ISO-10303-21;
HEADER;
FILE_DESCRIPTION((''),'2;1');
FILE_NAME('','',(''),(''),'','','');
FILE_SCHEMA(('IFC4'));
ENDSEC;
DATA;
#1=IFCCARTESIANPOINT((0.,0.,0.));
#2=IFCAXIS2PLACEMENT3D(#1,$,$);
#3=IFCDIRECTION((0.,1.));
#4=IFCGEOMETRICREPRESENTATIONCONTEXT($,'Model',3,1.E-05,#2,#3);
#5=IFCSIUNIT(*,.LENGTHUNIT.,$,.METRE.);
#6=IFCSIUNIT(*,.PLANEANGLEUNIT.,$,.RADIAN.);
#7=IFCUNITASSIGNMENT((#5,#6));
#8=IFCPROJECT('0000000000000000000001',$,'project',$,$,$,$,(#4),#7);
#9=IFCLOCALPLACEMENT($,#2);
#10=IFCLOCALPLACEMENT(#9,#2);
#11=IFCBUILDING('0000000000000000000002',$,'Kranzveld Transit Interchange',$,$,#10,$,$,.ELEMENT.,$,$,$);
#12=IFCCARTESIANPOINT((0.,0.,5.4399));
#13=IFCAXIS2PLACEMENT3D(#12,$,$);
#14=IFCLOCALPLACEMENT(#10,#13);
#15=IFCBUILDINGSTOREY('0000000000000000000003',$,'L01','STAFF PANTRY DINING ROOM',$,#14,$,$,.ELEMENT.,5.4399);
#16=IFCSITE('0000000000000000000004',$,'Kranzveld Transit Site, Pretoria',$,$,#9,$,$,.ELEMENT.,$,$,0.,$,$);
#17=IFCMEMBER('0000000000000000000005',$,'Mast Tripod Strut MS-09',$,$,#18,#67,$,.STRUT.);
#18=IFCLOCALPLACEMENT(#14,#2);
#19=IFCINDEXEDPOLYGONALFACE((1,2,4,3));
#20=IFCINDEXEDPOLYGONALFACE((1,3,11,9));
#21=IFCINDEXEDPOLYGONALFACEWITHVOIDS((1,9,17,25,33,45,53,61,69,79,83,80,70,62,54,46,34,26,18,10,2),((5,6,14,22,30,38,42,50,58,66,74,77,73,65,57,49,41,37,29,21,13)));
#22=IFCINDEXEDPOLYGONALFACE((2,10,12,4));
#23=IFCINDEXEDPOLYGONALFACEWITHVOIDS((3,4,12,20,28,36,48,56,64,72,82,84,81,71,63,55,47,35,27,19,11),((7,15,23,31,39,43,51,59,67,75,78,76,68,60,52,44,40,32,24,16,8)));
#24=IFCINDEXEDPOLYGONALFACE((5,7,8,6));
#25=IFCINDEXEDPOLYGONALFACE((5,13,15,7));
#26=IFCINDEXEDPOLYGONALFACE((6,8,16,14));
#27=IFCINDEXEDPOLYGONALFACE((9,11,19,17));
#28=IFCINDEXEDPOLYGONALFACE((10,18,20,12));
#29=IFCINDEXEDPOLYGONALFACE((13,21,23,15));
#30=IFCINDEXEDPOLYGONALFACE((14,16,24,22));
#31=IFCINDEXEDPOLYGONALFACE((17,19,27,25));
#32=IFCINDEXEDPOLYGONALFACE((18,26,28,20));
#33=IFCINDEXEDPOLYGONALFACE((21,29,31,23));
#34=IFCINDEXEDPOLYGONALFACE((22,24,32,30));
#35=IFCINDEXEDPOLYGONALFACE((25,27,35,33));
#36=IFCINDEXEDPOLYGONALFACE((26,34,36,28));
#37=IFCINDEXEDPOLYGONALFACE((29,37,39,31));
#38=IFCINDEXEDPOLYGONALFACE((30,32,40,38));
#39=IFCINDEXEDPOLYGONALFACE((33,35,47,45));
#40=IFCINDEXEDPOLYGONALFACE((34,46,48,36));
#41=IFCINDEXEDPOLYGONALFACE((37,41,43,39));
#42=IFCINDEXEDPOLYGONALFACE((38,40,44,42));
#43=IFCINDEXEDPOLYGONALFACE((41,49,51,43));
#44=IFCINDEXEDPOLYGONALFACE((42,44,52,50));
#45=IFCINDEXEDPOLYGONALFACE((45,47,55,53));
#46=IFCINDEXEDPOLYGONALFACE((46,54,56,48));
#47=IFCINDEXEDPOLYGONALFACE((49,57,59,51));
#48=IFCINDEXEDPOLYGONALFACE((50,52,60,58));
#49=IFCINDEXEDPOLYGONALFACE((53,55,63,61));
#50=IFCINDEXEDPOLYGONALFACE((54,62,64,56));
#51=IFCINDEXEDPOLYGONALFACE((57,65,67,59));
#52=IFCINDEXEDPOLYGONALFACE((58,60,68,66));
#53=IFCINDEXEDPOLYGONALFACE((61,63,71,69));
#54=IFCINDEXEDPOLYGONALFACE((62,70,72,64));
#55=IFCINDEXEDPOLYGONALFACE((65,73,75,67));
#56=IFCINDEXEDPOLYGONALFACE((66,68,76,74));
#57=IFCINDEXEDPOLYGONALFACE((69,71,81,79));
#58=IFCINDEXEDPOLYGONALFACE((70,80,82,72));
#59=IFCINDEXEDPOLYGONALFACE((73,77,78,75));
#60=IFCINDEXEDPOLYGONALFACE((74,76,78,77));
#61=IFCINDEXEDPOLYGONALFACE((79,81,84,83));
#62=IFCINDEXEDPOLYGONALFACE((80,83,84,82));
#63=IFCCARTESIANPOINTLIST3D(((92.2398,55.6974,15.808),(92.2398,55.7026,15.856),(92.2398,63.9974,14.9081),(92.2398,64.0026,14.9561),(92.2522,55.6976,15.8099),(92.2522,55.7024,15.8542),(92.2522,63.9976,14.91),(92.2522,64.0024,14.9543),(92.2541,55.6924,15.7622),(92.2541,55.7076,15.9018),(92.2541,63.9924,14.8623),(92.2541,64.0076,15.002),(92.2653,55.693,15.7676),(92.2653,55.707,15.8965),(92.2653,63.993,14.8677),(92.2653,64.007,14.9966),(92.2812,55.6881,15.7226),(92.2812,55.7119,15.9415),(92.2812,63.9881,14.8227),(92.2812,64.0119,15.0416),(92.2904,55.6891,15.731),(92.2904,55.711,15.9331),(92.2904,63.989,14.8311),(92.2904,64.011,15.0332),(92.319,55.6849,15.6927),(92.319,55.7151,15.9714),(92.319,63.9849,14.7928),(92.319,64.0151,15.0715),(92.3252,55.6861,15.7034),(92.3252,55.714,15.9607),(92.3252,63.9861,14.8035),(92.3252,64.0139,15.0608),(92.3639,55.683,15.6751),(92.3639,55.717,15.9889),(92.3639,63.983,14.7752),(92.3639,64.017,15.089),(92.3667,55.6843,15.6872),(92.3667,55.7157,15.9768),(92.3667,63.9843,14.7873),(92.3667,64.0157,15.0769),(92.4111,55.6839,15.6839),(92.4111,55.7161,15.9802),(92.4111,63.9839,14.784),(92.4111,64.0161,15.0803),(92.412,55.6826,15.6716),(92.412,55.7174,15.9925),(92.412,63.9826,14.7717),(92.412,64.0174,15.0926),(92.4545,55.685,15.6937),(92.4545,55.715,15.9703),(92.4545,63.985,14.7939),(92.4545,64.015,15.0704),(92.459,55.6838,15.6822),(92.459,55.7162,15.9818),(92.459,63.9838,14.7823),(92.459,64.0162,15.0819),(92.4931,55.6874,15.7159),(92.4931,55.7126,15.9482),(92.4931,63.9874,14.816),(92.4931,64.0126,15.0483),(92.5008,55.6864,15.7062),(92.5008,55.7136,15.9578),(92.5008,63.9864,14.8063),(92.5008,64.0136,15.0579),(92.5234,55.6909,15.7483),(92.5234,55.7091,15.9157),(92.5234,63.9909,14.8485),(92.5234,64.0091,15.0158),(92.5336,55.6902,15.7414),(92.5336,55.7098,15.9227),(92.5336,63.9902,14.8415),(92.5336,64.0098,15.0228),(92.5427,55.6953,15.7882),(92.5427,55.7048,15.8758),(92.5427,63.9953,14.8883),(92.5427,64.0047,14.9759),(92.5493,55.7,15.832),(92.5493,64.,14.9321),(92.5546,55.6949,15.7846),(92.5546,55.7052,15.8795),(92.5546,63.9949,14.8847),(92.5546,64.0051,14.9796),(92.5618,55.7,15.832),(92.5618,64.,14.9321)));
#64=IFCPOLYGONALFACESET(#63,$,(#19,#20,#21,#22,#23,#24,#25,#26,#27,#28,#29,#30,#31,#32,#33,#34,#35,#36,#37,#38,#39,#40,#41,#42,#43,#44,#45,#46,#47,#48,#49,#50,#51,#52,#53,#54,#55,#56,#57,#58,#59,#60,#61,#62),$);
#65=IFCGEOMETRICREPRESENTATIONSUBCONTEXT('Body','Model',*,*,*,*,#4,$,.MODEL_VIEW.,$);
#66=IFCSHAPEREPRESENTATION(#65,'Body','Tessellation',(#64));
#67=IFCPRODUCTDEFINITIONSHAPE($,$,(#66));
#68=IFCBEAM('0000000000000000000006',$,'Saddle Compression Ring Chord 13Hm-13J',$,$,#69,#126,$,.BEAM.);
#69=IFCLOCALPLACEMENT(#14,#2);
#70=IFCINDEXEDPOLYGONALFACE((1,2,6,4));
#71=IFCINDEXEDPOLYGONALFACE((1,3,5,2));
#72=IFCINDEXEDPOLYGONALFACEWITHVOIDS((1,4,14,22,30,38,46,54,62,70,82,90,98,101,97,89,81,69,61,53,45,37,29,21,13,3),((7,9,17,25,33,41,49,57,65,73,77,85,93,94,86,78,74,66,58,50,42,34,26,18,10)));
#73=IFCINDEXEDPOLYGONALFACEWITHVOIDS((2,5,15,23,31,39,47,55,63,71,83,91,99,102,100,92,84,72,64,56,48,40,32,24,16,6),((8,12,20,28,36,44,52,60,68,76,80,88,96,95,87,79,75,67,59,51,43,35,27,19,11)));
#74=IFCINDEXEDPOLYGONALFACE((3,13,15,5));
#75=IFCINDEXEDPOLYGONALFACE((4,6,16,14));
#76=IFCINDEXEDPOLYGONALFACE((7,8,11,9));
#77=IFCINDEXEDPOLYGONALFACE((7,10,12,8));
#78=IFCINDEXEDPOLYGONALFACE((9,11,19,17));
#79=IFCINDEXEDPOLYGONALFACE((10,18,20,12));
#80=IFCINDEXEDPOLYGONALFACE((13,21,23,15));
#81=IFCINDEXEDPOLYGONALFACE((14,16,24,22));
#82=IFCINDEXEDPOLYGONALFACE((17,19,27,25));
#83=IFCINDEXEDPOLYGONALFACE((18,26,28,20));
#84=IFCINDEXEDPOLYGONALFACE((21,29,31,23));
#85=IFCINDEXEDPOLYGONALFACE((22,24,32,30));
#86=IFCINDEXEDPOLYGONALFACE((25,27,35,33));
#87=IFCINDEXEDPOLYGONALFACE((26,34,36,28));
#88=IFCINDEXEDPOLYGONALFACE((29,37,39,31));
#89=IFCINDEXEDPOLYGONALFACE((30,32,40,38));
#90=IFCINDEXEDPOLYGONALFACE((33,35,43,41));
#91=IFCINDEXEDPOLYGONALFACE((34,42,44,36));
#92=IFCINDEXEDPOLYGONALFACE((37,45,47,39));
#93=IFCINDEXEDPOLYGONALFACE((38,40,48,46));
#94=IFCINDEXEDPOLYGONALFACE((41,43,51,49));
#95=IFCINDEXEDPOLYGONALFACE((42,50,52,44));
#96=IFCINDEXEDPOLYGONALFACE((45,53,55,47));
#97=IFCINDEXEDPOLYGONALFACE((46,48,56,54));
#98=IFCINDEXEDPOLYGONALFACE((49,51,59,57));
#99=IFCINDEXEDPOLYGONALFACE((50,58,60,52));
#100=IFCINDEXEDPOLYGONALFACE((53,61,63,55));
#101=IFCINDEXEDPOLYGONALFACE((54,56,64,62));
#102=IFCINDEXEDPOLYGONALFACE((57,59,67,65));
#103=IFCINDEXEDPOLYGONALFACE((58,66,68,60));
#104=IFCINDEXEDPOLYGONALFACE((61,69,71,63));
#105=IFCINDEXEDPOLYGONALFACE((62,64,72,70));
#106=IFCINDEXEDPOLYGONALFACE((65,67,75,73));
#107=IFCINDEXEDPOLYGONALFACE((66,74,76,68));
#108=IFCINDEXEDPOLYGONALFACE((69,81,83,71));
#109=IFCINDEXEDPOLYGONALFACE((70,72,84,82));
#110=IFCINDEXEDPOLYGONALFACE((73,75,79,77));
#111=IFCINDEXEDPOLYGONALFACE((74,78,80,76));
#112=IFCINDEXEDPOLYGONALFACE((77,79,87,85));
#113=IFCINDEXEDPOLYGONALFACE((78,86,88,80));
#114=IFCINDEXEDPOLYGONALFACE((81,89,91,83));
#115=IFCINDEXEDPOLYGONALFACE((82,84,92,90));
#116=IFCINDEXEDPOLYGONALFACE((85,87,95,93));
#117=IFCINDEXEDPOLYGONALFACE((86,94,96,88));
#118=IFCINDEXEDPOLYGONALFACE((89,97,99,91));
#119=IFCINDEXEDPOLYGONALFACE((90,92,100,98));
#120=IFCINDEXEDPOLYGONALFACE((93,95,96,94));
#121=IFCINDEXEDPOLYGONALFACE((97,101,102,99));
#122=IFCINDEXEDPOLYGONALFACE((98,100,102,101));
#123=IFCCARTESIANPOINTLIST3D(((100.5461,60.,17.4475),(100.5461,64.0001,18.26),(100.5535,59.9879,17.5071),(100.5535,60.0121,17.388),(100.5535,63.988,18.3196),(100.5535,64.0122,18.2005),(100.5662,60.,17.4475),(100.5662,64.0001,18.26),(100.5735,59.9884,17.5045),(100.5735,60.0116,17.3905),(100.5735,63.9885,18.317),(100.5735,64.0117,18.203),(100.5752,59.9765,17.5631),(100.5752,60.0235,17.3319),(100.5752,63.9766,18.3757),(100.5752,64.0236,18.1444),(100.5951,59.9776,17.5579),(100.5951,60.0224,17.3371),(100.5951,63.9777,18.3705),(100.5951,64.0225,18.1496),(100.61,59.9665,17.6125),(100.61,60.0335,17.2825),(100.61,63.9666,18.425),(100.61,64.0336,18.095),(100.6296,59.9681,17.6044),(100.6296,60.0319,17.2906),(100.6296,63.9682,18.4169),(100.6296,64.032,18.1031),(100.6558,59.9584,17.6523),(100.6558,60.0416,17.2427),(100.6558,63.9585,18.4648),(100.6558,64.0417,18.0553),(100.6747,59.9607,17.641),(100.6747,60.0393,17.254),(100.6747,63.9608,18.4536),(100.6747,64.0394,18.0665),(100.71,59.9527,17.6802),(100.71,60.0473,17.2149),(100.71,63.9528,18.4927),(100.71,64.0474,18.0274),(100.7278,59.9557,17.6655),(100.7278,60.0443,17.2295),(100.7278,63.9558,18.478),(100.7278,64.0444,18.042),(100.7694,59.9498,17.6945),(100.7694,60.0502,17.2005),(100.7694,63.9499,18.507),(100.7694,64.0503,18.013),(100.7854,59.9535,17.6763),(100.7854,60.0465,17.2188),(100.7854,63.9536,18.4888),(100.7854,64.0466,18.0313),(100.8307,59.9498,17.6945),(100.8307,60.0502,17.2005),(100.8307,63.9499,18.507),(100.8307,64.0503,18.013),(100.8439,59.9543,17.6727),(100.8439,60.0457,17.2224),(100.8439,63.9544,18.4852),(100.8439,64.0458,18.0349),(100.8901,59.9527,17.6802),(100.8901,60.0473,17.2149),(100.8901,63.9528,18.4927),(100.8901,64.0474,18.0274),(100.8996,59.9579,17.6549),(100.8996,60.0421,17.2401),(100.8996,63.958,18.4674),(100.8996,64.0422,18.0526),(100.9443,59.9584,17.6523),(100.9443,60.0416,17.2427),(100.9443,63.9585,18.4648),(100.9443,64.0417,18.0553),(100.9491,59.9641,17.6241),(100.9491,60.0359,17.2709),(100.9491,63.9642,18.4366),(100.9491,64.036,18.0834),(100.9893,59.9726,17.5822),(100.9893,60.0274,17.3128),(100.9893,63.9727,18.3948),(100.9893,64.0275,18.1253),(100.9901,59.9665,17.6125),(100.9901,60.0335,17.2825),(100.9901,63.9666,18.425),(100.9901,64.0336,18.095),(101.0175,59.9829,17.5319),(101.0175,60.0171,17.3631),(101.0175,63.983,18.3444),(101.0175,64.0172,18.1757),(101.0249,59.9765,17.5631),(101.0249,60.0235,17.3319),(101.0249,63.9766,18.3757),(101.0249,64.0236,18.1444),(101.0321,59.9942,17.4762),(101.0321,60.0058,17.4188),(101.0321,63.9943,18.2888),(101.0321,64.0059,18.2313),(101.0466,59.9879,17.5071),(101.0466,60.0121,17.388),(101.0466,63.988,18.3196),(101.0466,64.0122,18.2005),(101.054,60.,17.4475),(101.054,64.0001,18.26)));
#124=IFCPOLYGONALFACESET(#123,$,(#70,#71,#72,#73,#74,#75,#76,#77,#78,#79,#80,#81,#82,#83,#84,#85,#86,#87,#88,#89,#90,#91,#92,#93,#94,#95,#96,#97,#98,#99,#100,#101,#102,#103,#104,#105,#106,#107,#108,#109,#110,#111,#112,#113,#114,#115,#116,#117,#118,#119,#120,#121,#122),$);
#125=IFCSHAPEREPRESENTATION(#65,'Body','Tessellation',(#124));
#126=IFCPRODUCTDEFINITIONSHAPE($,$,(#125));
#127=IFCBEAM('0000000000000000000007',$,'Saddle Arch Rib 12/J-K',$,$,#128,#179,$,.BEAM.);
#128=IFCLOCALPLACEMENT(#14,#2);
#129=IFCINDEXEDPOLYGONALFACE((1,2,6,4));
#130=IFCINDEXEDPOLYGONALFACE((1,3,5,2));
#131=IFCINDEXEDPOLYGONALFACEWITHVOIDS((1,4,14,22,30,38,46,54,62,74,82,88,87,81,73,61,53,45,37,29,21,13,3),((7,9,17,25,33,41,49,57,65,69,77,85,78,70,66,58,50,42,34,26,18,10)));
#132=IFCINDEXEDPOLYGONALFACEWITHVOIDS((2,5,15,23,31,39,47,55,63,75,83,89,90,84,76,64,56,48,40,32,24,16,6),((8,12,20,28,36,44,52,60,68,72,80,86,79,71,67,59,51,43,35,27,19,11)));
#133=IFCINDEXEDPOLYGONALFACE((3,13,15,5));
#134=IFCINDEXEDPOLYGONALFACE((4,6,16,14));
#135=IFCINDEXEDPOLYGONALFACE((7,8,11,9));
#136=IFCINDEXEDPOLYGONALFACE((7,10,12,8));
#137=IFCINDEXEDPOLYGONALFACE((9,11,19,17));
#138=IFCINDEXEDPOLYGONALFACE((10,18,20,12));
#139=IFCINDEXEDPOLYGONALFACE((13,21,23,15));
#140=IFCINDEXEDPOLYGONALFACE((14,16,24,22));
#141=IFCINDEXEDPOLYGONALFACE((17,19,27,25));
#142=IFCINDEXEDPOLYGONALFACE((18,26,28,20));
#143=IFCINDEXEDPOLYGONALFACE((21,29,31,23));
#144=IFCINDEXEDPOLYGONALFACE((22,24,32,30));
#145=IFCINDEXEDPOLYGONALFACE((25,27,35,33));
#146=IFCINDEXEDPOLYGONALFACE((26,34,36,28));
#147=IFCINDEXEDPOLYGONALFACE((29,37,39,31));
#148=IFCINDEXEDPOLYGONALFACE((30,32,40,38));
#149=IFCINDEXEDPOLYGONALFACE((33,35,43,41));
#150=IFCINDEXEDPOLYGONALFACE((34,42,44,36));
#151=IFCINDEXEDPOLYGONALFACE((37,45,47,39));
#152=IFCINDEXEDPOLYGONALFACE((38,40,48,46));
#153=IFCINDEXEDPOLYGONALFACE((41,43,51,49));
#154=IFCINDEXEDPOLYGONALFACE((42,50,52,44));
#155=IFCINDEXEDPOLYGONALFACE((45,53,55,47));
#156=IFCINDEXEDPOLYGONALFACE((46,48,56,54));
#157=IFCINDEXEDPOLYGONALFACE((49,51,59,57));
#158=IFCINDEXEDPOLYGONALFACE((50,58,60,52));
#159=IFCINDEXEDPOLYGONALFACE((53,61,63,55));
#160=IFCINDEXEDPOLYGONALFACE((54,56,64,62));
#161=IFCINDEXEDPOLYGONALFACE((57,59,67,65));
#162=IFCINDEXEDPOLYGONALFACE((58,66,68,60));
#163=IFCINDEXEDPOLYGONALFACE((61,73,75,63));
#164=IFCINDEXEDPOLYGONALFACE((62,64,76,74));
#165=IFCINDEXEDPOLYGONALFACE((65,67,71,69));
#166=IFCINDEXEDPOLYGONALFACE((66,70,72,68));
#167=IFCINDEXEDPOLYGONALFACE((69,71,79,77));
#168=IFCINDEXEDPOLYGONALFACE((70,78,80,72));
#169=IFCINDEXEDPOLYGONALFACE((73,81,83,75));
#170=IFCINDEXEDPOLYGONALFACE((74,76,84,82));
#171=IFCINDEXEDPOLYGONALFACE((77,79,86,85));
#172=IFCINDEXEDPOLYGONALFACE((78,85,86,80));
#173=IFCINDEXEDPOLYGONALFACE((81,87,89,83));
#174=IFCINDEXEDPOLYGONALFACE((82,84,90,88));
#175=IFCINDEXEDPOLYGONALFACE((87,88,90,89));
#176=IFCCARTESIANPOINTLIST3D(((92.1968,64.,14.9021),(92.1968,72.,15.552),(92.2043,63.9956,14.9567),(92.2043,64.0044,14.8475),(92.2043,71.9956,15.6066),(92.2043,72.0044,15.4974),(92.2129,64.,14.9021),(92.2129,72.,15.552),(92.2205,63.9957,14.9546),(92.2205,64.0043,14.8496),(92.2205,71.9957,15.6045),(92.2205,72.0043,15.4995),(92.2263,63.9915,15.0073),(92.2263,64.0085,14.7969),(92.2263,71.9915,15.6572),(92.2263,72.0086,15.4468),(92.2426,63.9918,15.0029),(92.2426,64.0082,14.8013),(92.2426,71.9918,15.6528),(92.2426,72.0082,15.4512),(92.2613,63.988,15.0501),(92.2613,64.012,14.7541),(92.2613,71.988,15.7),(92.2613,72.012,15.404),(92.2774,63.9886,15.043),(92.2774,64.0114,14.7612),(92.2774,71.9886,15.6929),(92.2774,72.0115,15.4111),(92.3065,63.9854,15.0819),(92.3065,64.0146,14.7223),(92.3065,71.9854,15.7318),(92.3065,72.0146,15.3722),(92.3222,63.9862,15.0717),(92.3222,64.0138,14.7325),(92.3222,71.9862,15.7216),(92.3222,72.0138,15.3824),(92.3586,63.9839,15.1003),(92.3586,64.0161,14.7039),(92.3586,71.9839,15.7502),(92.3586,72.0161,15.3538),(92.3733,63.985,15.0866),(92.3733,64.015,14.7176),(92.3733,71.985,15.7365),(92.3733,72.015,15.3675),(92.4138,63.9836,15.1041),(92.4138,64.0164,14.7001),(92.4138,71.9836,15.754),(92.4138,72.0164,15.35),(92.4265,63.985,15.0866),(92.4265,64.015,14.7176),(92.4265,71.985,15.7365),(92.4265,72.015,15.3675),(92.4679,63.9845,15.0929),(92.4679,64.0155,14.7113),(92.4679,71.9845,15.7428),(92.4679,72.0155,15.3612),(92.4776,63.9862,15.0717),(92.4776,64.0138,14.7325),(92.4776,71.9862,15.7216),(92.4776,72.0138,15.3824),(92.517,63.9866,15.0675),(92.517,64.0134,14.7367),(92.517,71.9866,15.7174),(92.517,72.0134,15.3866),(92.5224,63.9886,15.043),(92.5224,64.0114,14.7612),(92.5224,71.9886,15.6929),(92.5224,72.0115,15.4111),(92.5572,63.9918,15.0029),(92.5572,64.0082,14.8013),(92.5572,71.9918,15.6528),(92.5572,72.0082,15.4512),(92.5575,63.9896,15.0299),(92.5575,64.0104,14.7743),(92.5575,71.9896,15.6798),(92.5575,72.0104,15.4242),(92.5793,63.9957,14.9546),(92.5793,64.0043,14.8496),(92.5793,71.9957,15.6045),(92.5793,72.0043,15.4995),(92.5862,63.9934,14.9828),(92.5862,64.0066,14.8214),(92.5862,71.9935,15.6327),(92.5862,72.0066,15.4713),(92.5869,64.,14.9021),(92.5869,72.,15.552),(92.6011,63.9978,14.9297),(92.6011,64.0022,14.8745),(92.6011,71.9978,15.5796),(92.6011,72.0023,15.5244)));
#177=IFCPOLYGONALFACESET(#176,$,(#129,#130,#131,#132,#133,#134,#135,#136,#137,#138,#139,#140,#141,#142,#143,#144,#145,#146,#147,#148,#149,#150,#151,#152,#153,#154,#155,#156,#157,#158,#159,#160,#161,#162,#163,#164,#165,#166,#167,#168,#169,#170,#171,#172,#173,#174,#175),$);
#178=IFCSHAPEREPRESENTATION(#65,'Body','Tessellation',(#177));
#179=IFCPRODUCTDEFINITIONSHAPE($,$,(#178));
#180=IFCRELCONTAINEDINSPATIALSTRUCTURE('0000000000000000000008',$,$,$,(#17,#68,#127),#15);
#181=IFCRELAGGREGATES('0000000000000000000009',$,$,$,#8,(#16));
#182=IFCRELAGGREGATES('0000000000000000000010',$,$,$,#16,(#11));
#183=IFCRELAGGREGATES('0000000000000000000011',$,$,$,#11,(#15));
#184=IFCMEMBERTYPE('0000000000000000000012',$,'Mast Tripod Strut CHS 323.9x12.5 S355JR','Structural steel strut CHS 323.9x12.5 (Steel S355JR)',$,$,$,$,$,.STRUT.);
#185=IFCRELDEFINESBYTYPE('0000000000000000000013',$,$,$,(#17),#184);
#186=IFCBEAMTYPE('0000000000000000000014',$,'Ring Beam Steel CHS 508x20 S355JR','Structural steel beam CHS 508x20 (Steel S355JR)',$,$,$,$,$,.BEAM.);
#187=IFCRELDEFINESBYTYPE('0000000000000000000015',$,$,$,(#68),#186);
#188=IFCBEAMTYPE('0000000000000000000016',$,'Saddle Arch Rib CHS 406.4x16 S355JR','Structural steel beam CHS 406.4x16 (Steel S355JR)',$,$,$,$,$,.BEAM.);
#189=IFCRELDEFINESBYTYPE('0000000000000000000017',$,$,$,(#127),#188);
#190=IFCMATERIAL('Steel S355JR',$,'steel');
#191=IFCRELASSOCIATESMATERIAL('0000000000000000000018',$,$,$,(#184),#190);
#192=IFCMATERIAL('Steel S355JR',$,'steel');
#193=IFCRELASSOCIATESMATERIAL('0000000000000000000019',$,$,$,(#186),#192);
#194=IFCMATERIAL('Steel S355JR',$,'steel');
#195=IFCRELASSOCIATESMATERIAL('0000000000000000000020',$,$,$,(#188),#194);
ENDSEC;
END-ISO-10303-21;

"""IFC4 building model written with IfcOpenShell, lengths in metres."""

from ifc_helpers import new_model, si_unit, direction, frame, origin, origin_2d, place, context, subcontext, project, spatial, hollow_circle, extrude, material, material_profile, profile_set, type_object, element, save


model = new_model("IFC4")

# Units and contexts
model_context = context("Model", 3, precision=1e-05, world=origin(), true_north=direction((0.0, 1.0)))
body_context = subcontext(model_context, "Body", "Model", "MODEL_VIEW")
ifc_project = project(units=[si_unit("LENGTHUNIT", "METRE"), si_unit("PLANEANGLEUNIT", "RADIAN")], contexts=[model_context])

# Site, building, storey
site_placement = place(None, origin())
site = spatial("IfcSite", under=ifc_project, at=site_placement, Name="Kranzveld Transit Site, Pretoria", CompositionType="ELEMENT", RefElevation=0.0)
building_placement = place(site_placement, origin())
building = spatial("IfcBuilding", under=site, at=building_placement, Name="Kranzveld Transit Interchange", CompositionType="ELEMENT")
storey_placement = place(building_placement, frame((0.0, 0.0, 5.4399)))
storey = spatial("IfcBuildingStorey", under=building, at=storey_placement, Name="L01", Description="STAFF PANTRY DINING ROOM", CompositionType="ELEMENT", Elevation=5.4399)

# Member
ifc_material_1 = material(Name="Steel S355JR", Category="steel")
ifc_material_profile_1 = material_profile(ifc_material_1, hollow_circle(Radius=0.1619, WallThickness=0.0125, at=origin_2d()), Name="CHS 323.9x12.5")
ifc_profile_set_1 = profile_set([ifc_material_profile_1], Name="Steel S355JR")
member_type_1 = type_object("IfcMemberType", Name="Mast Tripod Strut CHS 323.9x12.5 S355JR", Description="Structural steel strut CHS 323.9x12.5 (Steel S355JR)", PredefinedType="STRUT", material=ifc_profile_set_1)
member_1_placement = place(storey_placement, frame((92.3999, 64.0, 14.9321), z_axis=(0.0, -0.994174, 0.10779), x_axis=(1.0, 0.0, 0.0)))
element("IfcMember", 1, at=member_1_placement, inside=storey, type_object=member_type_1, Name="Mast Tripod Strut MS-09", PredefinedType="STRUT", context=body_context, shape_type="SweptSolid", body=[
    extrude(hollow_circle(Radius=0.1619, WallThickness=0.0125, at=origin_2d()), origin(), (0.0, 0.0, 1.0), 8.3486),
])

# Beams
ifc_material_2 = material(Name="Steel S355JR", Category="steel")
ifc_material_profile_2 = material_profile(ifc_material_2, hollow_circle(Radius=0.2539, WallThickness=0.02, at=origin_2d()), Name="CHS 508x20")
ifc_profile_set_2 = profile_set([ifc_material_profile_2], Name="Steel S355JR")
beam_type_1 = type_object("IfcBeamType", Name="Ring Beam Steel CHS 508x20 S355JR", Description="Structural steel beam CHS 508x20 (Steel S355JR)", PredefinedType="BEAM", material=ifc_profile_set_2)
beam_placement = place(storey_placement, frame((100.8, 60.0, 17.4475), z_axis=(0.0, 0.979987, 0.19906), x_axis=(-1.0, 0.0, 0.0)))
element("IfcBeam", 2, at=beam_placement, inside=storey, type_object=beam_type_1, Name="Saddle Compression Ring Chord 13Hm-13J", PredefinedType="BEAM", context=body_context, shape_type="SweptSolid", body=[
    extrude(hollow_circle(Radius=0.2539, WallThickness=0.02, at=origin_2d()), origin(), (0.0, 0.0, 1.0), 4.0818),
])
ifc_material_3 = material(Name="Steel S355JR", Category="steel")
ifc_material_profile_3 = material_profile(ifc_material_3, hollow_circle(Radius=0.2031, WallThickness=0.0161, at=origin_2d()), Name="CHS 406.4x16")
ifc_profile_set_3 = profile_set([ifc_material_profile_3], Name="Steel S355JR")
beam_type_2 = type_object("IfcBeamType", Name="Saddle Arch Rib CHS 406.4x16 S355JR", Description="Structural steel beam CHS 406.4x16 (Steel S355JR)", PredefinedType="BEAM", material=ifc_profile_set_3)
for number, where, z_axis, x_axis, name in (
    (3, (92.3999, 64.0, 14.9021), (0.0, 0.996716, 0.080971), (-1.0, 0.0, 0.0), "Saddle Arch Rib 12/J-K"),
):
    element("IfcBeam", number, at=place(storey_placement, frame(where, z_axis=z_axis, x_axis=x_axis)), inside=storey, type_object=beam_type_2, Name=name, PredefinedType="BEAM", context=body_context, shape_type="SweptSolid", body=[
        extrude(hollow_circle(Radius=0.2031, WallThickness=0.0161, at=origin_2d()), origin(), (0.0, 0.0, 1.0), 8.0264),
    ])

save(model, "model.ifc")
